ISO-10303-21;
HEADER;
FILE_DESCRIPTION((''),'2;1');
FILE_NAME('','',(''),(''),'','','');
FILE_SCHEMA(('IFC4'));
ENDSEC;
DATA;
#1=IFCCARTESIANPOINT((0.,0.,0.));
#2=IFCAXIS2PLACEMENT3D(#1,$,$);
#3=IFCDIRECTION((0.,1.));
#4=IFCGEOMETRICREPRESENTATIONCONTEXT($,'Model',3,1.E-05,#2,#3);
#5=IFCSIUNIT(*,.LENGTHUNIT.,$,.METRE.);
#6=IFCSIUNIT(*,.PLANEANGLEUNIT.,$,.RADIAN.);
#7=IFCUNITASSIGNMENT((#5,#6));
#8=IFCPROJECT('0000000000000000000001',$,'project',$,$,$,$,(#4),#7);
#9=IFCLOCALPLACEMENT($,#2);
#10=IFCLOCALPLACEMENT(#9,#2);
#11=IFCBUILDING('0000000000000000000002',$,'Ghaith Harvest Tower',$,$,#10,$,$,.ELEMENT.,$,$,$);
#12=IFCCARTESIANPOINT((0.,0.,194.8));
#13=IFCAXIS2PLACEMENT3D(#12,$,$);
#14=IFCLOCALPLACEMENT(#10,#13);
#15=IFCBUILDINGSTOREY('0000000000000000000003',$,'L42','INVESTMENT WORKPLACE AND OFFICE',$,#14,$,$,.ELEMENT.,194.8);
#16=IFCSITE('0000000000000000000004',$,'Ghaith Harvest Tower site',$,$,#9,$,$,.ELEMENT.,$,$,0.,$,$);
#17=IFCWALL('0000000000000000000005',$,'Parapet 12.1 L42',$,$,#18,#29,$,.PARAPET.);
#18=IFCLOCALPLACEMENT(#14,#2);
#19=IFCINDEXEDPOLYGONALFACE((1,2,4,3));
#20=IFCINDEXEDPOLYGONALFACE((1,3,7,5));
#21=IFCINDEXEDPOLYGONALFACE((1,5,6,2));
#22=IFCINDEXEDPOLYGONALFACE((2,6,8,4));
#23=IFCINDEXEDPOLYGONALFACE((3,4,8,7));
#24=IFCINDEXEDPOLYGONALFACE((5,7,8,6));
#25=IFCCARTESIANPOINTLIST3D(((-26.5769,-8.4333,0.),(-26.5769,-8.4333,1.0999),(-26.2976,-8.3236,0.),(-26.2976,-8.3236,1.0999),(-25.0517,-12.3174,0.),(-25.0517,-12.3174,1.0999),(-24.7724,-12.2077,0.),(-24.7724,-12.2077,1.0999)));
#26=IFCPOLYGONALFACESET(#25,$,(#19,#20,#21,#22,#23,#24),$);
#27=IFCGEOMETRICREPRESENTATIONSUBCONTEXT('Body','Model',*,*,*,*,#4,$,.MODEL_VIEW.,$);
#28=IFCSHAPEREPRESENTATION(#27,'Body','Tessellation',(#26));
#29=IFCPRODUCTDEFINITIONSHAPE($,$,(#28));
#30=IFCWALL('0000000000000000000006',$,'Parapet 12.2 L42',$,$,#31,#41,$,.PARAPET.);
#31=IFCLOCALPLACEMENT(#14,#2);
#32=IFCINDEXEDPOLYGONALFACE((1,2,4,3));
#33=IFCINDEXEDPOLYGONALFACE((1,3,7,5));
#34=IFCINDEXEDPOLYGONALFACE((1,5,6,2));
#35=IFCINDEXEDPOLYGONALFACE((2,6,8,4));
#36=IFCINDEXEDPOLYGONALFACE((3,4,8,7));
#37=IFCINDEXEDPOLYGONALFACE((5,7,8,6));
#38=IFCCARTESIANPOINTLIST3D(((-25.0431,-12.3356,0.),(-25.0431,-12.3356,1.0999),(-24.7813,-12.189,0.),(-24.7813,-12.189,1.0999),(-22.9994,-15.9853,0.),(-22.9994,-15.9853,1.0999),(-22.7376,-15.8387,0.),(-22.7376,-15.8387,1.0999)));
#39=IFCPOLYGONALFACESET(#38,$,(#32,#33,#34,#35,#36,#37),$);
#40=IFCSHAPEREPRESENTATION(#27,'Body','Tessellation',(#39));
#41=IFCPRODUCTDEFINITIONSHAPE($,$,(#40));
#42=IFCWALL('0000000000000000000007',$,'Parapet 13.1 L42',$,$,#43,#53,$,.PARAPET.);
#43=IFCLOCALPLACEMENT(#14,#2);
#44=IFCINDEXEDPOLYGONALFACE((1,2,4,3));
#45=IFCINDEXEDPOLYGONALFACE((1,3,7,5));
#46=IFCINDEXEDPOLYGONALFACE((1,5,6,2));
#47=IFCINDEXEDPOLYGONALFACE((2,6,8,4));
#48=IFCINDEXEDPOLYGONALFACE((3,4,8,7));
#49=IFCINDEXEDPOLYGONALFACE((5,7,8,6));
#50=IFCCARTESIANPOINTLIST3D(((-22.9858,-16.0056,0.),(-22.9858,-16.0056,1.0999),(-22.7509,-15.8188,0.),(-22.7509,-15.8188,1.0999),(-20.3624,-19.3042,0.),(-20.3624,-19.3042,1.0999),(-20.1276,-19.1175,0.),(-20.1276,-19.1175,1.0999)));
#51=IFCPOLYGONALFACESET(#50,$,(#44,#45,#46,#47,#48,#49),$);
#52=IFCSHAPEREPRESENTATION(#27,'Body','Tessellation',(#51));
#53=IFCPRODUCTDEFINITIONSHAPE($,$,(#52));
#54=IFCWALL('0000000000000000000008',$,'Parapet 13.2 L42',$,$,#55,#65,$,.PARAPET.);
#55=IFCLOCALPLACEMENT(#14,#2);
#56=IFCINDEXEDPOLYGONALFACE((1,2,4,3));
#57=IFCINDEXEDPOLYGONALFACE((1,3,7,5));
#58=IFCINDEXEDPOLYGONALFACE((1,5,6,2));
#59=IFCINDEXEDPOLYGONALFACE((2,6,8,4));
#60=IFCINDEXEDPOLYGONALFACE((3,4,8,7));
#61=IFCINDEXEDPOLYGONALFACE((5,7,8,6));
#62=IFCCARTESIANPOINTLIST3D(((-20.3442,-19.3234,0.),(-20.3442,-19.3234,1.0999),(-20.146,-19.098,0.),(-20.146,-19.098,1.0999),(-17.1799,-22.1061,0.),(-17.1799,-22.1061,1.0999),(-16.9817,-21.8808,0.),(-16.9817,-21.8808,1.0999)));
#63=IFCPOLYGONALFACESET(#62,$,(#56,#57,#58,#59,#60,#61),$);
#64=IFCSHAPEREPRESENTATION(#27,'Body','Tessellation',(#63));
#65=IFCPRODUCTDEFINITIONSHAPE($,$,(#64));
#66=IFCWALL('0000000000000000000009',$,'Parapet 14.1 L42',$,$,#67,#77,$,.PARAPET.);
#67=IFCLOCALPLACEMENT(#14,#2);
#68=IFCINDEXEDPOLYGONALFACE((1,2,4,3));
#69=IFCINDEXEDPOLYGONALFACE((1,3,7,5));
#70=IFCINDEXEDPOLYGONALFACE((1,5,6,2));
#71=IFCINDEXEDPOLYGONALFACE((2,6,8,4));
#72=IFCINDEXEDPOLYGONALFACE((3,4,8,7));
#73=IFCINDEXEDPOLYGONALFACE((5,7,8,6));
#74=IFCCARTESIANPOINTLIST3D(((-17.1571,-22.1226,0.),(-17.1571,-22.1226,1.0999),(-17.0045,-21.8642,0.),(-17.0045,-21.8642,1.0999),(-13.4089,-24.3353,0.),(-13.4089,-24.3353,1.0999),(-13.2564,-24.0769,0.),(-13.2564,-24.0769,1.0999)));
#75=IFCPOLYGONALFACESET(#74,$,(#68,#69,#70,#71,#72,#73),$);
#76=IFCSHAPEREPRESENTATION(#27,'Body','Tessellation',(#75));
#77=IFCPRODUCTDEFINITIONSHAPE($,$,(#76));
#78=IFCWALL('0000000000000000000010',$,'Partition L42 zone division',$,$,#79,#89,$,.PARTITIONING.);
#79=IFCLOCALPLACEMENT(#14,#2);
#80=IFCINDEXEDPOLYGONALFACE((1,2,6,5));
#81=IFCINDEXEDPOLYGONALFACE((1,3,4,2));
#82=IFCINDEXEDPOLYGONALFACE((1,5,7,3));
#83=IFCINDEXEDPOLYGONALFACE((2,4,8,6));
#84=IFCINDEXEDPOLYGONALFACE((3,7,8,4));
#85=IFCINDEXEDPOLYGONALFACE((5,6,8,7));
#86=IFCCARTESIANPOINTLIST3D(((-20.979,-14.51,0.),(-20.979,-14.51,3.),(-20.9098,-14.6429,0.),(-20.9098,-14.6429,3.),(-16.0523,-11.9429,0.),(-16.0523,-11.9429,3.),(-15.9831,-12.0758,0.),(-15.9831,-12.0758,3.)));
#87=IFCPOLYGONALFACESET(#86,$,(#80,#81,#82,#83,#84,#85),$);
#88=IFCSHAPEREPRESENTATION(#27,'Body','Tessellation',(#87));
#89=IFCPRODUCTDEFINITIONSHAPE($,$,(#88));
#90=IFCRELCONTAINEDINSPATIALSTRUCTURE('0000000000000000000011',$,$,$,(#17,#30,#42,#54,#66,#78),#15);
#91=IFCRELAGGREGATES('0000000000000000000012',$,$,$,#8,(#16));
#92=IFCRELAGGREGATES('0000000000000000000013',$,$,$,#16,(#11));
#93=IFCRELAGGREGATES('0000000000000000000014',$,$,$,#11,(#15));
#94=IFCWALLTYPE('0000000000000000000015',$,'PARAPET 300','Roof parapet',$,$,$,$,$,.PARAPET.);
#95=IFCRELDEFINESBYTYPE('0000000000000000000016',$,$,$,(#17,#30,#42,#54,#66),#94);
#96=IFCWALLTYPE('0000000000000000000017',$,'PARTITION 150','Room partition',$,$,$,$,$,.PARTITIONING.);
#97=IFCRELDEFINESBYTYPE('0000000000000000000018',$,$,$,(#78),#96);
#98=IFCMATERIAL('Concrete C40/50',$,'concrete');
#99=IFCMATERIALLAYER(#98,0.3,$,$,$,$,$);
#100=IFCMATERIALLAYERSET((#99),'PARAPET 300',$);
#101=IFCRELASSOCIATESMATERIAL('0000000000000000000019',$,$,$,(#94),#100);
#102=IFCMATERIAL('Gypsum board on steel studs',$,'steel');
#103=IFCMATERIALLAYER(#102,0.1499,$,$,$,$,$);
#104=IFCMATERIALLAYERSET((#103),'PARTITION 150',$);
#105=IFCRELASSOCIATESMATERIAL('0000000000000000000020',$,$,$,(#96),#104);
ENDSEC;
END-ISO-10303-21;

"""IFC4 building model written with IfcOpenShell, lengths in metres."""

from ifc_helpers import new_model, si_unit, direction, frame, frame_2d, origin, place, context, subcontext, project, spatial, rectangle, extrude, material, layer, layer_set, type_object, element, save


model = new_model("IFC4")

# Units and contexts
model_context = context("Model", 3, precision=1e-05, world=origin(), true_north=direction((0.0, 1.0)))
body_context = subcontext(model_context, "Body", "Model", "MODEL_VIEW")
ifc_project = project(units=[si_unit("LENGTHUNIT", "METRE"), si_unit("PLANEANGLEUNIT", "RADIAN")], contexts=[model_context])

# Site, building, storey
site_placement = place(None, origin())
site = spatial("IfcSite", under=ifc_project, at=site_placement, Name="Ghaith Harvest Tower site", CompositionType="ELEMENT", RefElevation=0.0)
building_placement = place(site_placement, origin())
building = spatial("IfcBuilding", under=site, at=building_placement, Name="Ghaith Harvest Tower", CompositionType="ELEMENT")
storey_placement = place(building_placement, frame((0.0, 0.0, 194.8)))
storey = spatial("IfcBuildingStorey", under=building, at=storey_placement, Name="L42", Description="INVESTMENT WORKPLACE AND OFFICE", CompositionType="ELEMENT", Elevation=194.8)

# Walls
ifc_material_1 = material(Name="Concrete C40/50", Category="concrete")
ifc_layer_1 = layer(ifc_material_1, 0.3)
ifc_layer_set_1 = layer_set([ifc_layer_1], Name="PARAPET 300")
wall_type_1 = type_object("IfcWallType", Name="PARAPET 300", Description="Roof parapet", PredefinedType="PARAPET", material=ifc_layer_set_1)
wall_1_placement = place(storey_placement, frame((-26.4373, -8.3784, 0.0), z_axis=(0.0, 0.0, 1.0), x_axis=(0.365502, -0.930811, 0.0)))
element("IfcWall", 1, at=wall_1_placement, inside=storey, type_object=wall_type_1, Name="Parapet 12.1 L42", PredefinedType="PARAPET", context=body_context, shape_type="SweptSolid", body=[
    extrude(rectangle(XDim=4.1729, YDim=0.3, at=frame_2d((2.0864, 0.0))), origin(), (0.0, 0.0, 1.0), 1.0999),
])
wall_2_placement = place(storey_placement, frame((-24.9121, -12.2625, 0.0), z_axis=(0.0, 0.0, 1.0), x_axis=(0.488584, -0.872517, 0.0)))
element("IfcWall", 2, at=wall_2_placement, inside=storey, type_object=wall_type_1, Name="Parapet 12.2 L42", PredefinedType="PARAPET", context=body_context, shape_type="SweptSolid", body=[
    extrude(rectangle(XDim=4.1829, YDim=0.3, at=frame_2d((2.0913, 0.0))), origin(), (0.0, 0.0, 1.0), 1.0999),
])
wall_3_placement = place(storey_placement, frame((-22.8684, -15.9121, 0.0), z_axis=(0.0, 0.0, 1.0), x_axis=(0.622439, -0.782668, 0.0)))
element("IfcWall", 3, at=wall_3_placement, inside=storey, type_object=wall_type_1, Name="Parapet 13.1 L42", PredefinedType="PARAPET", context=body_context, shape_type="SweptSolid", body=[
    extrude(rectangle(XDim=4.2146, YDim=0.3, at=frame_2d((2.1074, 0.0))), origin(), (0.0, 0.0, 1.0), 1.0999),
])
wall_4_placement = place(storey_placement, frame((-20.2451, -19.2107, 0.0), z_axis=(0.0, 0.0, 1.0), x_axis=(0.750934, -0.660377, 0.0)))
element("IfcWall", 4, at=wall_4_placement, inside=storey, type_object=wall_type_1, Name="Parapet 13.2 L42", PredefinedType="PARAPET", context=body_context, shape_type="SweptSolid", body=[
    extrude(rectangle(XDim=4.2139, YDim=0.3, at=frame_2d((2.1069, 0.0))), origin(), (0.0, 0.0, 1.0), 1.0999),
])
wall_5_placement = place(storey_placement, frame((-17.0808, -21.9934, 0.0), z_axis=(0.0, 0.0, 1.0), x_axis=(0.861139, -0.50837, 0.0)))
element("IfcWall", 5, at=wall_5_placement, inside=storey, type_object=wall_type_1, Name="Parapet 14.1 L42", PredefinedType="PARAPET", context=body_context, shape_type="SweptSolid", body=[
    extrude(rectangle(XDim=4.3525, YDim=0.3, at=frame_2d((2.1763, 0.0))), origin(), (0.0, 0.0, 1.0), 1.0999),
])
ifc_material_2 = material(Name="Gypsum board on steel studs", Category="steel")
ifc_layer_2 = layer(ifc_material_2, 0.1499)
ifc_layer_set_2 = layer_set([ifc_layer_2], Name="PARTITION 150")
wall_type_2 = type_object("IfcWallType", Name="PARTITION 150", Description="Room partition", PredefinedType="PARTITIONING", material=ifc_layer_set_2)
wall_6_placement = place(storey_placement, frame((-16.0176, -12.0093, 0.0), z_axis=(0.0, 0.0, 1.0), x_axis=(-0.886832, -0.462093, 0.0)))
element("IfcWall", 6, at=wall_6_placement, inside=storey, type_object=wall_type_2, Name="Partition L42 zone division", PredefinedType="PARTITIONING", context=body_context, shape_type="SweptSolid", body=[
    extrude(rectangle(XDim=5.5554, YDim=0.1499, at=frame_2d((2.7778, 0.0))), origin(), (0.0, 0.0, 1.0), 3.0),
])

save(model, "model.ifc")
